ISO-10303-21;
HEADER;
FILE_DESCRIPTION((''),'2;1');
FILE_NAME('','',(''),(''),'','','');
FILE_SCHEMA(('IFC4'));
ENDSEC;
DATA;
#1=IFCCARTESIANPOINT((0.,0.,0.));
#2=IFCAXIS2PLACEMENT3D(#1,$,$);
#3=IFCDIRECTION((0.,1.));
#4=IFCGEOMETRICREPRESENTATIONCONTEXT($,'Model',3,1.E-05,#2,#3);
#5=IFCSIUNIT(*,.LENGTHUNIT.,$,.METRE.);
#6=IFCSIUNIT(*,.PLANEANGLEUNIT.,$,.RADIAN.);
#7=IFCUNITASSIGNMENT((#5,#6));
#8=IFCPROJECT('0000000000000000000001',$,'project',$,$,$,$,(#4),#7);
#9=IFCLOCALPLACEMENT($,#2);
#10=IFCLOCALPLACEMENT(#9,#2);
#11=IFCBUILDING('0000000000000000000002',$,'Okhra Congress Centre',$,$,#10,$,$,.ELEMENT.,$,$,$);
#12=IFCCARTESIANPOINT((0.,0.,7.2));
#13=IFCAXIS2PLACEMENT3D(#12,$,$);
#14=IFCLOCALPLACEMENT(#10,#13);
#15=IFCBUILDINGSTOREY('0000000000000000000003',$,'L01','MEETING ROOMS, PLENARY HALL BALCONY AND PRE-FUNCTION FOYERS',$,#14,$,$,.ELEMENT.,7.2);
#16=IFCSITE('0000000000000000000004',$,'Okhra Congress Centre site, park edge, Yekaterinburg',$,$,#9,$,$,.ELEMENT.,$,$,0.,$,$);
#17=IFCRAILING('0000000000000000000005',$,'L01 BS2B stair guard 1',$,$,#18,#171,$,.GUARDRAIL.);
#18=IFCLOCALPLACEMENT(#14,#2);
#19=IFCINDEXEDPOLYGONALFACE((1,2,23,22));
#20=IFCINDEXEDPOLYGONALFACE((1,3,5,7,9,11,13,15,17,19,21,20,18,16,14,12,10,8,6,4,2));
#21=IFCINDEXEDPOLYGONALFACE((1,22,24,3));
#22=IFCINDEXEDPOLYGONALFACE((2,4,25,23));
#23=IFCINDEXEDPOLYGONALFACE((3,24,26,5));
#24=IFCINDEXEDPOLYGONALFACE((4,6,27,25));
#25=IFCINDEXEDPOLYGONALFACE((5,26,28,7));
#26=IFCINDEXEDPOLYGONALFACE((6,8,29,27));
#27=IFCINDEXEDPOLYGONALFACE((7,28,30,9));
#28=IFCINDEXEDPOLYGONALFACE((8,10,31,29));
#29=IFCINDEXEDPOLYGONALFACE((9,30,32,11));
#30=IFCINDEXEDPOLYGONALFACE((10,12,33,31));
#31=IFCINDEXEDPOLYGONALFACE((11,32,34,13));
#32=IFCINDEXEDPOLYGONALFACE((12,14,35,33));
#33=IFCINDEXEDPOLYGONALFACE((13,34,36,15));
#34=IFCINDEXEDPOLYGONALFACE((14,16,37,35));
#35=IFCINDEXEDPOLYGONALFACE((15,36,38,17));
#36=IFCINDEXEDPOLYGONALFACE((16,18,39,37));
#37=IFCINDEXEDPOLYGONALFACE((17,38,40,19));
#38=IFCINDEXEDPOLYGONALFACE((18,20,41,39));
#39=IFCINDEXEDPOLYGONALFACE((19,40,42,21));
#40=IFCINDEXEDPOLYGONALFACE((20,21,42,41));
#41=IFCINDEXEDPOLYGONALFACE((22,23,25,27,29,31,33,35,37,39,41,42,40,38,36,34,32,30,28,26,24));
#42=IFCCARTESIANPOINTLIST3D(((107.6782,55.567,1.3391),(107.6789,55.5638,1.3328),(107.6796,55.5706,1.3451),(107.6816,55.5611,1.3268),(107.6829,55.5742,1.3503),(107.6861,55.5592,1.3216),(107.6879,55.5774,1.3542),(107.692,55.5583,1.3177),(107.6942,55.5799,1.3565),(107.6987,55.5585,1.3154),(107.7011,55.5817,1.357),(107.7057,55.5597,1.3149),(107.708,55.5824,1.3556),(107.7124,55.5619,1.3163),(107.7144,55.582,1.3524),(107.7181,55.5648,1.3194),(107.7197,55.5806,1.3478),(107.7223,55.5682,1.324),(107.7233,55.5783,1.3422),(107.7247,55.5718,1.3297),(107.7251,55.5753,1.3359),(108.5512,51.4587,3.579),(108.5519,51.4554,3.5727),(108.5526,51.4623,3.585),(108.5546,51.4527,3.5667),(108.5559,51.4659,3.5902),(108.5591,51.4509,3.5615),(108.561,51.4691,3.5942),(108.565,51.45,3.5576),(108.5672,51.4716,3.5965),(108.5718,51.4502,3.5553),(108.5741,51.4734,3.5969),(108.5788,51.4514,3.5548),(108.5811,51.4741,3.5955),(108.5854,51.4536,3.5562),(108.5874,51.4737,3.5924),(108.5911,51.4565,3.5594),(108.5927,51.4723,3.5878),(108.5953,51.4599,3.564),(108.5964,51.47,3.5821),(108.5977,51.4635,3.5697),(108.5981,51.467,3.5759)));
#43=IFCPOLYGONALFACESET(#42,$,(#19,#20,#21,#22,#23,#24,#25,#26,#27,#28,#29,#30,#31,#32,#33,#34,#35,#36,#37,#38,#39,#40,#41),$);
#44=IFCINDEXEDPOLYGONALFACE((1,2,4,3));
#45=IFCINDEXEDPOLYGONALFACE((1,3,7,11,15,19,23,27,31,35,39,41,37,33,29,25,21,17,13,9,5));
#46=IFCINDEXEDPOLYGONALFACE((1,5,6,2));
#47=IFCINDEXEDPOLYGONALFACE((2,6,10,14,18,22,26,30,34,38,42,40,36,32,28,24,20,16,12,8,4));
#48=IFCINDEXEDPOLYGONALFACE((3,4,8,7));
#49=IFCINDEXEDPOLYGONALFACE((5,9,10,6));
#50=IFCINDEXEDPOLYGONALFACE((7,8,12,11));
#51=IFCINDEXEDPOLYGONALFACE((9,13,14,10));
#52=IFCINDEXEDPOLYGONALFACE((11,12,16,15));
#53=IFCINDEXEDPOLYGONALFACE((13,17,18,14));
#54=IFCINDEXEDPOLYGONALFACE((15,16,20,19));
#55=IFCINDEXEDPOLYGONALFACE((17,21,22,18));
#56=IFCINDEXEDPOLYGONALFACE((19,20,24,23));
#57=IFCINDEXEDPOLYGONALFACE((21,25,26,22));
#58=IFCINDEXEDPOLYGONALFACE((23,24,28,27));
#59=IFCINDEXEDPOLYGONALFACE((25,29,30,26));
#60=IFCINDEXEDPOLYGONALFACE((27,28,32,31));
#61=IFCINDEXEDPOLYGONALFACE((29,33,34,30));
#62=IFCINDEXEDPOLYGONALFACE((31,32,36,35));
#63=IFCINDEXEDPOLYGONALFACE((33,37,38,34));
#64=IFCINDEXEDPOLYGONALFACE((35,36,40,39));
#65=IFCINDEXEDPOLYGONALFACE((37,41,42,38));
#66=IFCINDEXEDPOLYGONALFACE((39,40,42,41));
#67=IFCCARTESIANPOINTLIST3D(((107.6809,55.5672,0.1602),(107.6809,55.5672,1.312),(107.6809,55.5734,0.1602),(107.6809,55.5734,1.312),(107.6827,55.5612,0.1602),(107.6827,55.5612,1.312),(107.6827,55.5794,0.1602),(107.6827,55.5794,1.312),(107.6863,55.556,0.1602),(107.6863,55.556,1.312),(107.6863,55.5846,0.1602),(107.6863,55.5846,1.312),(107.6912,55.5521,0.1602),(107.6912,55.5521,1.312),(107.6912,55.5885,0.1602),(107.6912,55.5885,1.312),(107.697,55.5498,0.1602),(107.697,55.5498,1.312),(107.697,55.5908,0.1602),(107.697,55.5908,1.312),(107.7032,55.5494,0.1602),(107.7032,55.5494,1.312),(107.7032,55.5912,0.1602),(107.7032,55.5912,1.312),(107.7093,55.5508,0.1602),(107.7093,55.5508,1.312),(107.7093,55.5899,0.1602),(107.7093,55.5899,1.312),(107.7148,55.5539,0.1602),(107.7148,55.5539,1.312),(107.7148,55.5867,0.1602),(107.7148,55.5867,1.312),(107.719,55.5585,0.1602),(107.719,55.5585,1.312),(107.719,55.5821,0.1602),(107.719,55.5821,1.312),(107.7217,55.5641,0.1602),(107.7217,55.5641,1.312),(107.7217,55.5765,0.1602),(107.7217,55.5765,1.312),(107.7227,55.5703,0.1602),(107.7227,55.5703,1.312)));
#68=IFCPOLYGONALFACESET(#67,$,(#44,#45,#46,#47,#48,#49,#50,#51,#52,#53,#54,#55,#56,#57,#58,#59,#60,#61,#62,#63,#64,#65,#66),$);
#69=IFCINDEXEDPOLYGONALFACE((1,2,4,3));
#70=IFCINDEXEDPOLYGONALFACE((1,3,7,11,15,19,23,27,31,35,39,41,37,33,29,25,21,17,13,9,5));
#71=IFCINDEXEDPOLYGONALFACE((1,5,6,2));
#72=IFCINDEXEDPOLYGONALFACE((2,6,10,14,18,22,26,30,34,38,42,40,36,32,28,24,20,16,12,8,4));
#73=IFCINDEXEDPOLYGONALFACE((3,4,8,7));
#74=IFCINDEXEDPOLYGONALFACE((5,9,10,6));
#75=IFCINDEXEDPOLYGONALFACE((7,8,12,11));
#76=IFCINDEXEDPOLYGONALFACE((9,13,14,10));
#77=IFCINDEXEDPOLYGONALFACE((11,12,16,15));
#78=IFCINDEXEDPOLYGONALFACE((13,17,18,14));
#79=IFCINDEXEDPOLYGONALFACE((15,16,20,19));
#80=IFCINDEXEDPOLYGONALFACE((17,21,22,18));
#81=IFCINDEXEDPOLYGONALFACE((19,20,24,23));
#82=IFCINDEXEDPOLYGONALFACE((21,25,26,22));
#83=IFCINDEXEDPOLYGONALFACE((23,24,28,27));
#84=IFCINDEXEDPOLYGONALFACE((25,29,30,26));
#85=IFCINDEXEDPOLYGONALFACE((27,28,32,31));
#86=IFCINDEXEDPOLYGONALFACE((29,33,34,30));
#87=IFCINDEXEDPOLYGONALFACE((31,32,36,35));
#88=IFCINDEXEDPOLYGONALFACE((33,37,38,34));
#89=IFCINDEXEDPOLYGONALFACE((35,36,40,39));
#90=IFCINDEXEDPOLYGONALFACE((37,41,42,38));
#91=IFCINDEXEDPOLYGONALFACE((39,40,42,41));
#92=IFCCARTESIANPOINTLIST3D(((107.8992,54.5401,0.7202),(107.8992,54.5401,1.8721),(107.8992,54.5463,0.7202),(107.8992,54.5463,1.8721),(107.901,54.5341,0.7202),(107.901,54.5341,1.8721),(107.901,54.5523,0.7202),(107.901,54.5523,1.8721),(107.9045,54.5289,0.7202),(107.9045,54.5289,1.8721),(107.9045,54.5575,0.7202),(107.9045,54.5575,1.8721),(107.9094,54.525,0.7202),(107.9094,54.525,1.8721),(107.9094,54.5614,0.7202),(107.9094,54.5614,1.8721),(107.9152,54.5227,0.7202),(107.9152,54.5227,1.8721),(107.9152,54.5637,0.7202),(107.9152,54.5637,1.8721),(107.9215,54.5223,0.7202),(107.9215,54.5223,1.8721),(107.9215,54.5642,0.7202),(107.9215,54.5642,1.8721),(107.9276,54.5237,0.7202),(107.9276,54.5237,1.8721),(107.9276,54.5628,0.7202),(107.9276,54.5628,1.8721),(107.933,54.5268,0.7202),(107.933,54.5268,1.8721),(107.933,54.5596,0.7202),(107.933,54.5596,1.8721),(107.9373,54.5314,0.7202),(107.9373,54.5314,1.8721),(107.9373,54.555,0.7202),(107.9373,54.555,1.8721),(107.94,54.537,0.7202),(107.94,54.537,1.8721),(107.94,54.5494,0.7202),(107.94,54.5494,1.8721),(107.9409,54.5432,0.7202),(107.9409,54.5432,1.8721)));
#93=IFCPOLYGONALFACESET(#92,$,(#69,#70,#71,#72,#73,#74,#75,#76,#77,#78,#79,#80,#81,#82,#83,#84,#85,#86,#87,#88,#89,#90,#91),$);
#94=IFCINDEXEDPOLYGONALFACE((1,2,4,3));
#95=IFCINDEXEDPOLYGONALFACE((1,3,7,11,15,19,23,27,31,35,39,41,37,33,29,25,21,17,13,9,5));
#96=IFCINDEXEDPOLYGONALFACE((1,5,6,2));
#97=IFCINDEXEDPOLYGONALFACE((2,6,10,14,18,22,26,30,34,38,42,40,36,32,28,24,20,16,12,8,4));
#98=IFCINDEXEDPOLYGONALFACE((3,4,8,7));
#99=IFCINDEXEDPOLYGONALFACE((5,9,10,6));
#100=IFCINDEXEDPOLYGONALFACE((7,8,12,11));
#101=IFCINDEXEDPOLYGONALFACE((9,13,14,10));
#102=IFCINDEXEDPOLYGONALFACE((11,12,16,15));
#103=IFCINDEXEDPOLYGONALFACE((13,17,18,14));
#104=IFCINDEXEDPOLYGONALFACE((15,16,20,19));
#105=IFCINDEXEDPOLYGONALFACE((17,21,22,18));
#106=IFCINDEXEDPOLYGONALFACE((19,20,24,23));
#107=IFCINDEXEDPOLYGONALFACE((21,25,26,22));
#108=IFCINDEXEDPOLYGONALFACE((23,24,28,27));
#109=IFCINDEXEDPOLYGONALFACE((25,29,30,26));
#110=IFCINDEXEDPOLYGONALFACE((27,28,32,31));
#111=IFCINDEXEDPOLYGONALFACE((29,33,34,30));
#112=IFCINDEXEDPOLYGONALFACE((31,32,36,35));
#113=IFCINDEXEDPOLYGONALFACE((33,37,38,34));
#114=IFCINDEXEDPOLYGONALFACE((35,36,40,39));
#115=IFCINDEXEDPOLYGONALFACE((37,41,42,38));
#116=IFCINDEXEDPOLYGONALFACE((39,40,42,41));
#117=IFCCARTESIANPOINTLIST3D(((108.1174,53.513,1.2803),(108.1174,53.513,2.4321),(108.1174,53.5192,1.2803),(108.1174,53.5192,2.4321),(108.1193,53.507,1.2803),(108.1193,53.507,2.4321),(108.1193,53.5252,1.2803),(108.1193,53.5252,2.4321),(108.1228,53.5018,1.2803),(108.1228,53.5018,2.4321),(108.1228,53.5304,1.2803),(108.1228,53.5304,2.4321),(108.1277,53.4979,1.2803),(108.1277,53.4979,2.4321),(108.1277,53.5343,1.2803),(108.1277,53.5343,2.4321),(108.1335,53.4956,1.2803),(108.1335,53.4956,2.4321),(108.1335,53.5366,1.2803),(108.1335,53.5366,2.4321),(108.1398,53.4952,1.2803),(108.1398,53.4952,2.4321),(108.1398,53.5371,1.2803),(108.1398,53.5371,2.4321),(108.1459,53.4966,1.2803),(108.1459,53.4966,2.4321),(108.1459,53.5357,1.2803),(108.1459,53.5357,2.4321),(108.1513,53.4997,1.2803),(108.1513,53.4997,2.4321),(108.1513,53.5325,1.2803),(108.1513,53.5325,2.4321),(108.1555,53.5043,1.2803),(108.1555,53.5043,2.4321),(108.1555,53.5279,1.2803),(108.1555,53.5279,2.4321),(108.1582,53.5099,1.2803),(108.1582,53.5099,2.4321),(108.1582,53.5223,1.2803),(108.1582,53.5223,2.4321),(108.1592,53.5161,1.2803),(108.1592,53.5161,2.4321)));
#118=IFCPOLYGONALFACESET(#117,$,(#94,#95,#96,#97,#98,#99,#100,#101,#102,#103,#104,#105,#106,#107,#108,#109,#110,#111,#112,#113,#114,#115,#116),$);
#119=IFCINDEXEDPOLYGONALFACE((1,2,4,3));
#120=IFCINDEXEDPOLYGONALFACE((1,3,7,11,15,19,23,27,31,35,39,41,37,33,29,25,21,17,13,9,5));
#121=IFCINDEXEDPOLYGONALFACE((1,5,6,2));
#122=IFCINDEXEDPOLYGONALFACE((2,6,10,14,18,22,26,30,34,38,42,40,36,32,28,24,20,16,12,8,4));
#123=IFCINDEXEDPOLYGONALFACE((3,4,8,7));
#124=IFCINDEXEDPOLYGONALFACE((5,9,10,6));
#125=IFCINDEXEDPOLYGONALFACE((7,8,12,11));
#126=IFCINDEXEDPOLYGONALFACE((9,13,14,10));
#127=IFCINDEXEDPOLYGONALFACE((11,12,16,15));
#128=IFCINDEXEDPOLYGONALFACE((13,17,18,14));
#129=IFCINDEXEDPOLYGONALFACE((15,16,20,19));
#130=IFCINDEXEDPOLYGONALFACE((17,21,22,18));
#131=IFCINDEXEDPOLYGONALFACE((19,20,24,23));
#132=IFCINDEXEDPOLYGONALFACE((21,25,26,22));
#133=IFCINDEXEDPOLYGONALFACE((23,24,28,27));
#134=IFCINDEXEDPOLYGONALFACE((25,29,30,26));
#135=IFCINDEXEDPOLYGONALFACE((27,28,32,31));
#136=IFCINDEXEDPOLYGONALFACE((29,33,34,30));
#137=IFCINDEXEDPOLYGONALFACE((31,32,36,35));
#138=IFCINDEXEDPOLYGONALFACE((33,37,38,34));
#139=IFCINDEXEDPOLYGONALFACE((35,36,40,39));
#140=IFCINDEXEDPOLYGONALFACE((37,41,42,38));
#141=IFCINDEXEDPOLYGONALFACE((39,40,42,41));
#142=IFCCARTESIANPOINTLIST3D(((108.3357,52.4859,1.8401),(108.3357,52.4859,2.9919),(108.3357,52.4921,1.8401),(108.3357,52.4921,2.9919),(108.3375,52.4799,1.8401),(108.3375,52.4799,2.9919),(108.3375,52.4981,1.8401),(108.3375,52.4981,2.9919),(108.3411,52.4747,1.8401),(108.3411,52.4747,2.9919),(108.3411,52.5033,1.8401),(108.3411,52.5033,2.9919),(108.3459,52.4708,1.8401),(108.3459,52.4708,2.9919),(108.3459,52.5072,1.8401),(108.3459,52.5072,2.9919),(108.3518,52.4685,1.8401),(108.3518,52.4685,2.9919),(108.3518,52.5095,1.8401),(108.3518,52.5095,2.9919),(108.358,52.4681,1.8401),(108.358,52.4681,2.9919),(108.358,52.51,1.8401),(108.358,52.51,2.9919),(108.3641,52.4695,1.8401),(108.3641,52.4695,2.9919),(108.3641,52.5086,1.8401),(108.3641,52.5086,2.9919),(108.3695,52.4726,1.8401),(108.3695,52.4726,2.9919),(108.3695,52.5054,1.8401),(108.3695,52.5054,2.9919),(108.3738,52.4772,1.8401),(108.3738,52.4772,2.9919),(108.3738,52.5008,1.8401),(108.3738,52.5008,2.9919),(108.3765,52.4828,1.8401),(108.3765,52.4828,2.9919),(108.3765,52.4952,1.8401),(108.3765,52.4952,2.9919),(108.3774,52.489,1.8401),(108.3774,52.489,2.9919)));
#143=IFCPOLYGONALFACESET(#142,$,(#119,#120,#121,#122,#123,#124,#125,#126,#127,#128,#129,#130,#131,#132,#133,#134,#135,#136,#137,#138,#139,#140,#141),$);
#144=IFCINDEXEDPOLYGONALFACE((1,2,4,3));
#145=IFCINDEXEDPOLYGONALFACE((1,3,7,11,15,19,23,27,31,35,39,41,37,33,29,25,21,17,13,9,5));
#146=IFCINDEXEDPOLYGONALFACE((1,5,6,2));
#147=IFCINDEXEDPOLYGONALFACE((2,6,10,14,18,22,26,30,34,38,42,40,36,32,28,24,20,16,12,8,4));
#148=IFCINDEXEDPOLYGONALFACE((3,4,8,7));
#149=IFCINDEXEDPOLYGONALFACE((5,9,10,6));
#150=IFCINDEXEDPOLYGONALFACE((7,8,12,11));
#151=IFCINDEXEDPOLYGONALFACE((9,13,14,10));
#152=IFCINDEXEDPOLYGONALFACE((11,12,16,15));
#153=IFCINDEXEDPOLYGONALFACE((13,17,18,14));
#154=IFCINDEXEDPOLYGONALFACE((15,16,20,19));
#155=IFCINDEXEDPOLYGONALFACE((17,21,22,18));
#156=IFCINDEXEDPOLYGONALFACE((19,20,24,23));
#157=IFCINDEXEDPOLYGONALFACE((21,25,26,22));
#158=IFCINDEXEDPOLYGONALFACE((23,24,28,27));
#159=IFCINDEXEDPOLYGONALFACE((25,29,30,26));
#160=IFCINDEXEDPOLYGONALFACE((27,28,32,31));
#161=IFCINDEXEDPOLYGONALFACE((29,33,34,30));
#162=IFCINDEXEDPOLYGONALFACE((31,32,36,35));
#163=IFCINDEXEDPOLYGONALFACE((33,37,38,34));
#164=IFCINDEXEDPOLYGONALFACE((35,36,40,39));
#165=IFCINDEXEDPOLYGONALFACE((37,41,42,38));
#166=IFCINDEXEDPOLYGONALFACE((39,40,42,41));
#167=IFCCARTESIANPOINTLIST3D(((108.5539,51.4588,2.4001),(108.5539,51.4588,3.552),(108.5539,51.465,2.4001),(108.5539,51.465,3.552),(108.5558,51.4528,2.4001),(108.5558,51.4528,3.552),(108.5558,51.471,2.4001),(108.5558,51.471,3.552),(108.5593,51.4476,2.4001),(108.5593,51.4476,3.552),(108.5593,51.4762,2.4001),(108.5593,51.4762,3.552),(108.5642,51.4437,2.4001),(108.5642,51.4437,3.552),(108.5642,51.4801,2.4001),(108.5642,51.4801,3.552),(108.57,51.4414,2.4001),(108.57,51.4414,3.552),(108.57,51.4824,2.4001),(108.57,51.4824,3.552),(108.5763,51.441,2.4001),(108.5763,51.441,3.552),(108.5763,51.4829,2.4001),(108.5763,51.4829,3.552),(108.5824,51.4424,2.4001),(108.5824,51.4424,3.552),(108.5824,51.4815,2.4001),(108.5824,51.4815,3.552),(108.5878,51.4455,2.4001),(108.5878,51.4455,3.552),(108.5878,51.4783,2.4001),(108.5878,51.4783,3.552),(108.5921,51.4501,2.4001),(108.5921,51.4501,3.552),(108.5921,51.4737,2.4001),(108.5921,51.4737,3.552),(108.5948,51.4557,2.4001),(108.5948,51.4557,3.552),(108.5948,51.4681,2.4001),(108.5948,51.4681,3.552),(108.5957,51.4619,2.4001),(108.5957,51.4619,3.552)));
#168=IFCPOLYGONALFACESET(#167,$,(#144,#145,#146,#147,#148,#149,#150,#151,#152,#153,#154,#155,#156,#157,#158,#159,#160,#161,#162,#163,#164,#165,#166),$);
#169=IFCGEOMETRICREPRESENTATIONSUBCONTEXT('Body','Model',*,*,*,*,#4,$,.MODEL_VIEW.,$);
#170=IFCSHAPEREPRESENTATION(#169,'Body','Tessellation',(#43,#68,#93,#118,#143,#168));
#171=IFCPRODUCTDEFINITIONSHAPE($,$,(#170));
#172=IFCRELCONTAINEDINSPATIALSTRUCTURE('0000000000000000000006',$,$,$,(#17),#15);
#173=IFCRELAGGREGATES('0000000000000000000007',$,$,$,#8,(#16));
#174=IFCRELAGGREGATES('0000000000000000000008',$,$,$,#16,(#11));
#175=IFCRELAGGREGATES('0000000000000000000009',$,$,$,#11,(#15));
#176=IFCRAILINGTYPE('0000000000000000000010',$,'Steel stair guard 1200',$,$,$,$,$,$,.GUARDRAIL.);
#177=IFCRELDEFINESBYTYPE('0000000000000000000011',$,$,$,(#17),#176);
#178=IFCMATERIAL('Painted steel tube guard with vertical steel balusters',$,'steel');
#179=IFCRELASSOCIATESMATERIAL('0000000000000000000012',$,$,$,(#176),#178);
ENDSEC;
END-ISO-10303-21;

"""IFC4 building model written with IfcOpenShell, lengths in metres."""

from ifc_helpers import new_model, si_unit, direction, frame, origin, origin_2d, place, context, subcontext, project, spatial, circle, extrude, material, type_object, element, save


model = new_model("IFC4")

# Units and contexts
model_context = context("Model", 3, precision=1e-05, world=origin(), true_north=direction((0.0, 1.0)))
body_context = subcontext(model_context, "Body", "Model", "MODEL_VIEW")
ifc_project = project(units=[si_unit("LENGTHUNIT", "METRE"), si_unit("PLANEANGLEUNIT", "RADIAN")], contexts=[model_context])

# Site, building, storey
site_placement = place(None, origin())
site = spatial("IfcSite", under=ifc_project, at=site_placement, Name="Okhra Congress Centre site, park edge, Yekaterinburg", CompositionType="ELEMENT", RefElevation=0.0)
building_placement = place(site_placement, origin())
building = spatial("IfcBuilding", under=site, at=building_placement, Name="Okhra Congress Centre", CompositionType="ELEMENT")
storey_placement = place(building_placement, frame((0.0, 0.0, 7.2)))
storey = spatial("IfcBuildingStorey", under=building, at=storey_placement, Name="L01", Description="MEETING ROOMS, PLENARY HALL BALCONY AND PRE-FUNCTION FOYERS", CompositionType="ELEMENT", Elevation=7.2)

# Railing
ifc_material_1 = material(Name="Painted steel tube guard with vertical steel balusters", Category="steel")
railing_type_1 = type_object("IfcRailingType", Name="Steel stair guard 1200", PredefinedType="GUARDRAIL", material=ifc_material_1)
railing_1_placement = place(storey_placement, frame((107.7017, 55.5703, 0.1602)))
element("IfcRailing", 1, at=railing_1_placement, inside=storey, type_object=railing_type_1, Name="L01 BS2B stair guard 1", PredefinedType="GUARDRAIL", context=body_context, shape_type="SweptSolid", body=[
    extrude(circle(Radius=0.0239, at=origin_2d()), frame((0.0, 0.0, 1.1758), z_axis=(0.183409, -0.863088, 0.470575), x_axis=(0.978158, 0.207862, 0.0)), (0.0, 0.0, 1.0), 4.76),
    extrude(circle(Radius=0.021, at=origin_2d()), origin(), (0.0, 0.0, 1.0), 1.1519),
    extrude(circle(Radius=0.021, at=origin_2d()), frame((0.2183, -1.0271, 0.5601)), (0.0, 0.0, 1.0), 1.1519),
    extrude(circle(Radius=0.021, at=origin_2d()), frame((0.4365, -2.0542, 1.1201)), (0.0, 0.0, 1.0), 1.1519),
    extrude(circle(Radius=0.021, at=origin_2d()), frame((0.6548, -3.0813, 1.6799)), (0.0, 0.0, 1.0), 1.1519),
    extrude(circle(Radius=0.021, at=origin_2d()), frame((0.873, -4.1084, 2.24)), (0.0, 0.0, 1.0), 1.1519),
])

save(model, "model.ifc")
